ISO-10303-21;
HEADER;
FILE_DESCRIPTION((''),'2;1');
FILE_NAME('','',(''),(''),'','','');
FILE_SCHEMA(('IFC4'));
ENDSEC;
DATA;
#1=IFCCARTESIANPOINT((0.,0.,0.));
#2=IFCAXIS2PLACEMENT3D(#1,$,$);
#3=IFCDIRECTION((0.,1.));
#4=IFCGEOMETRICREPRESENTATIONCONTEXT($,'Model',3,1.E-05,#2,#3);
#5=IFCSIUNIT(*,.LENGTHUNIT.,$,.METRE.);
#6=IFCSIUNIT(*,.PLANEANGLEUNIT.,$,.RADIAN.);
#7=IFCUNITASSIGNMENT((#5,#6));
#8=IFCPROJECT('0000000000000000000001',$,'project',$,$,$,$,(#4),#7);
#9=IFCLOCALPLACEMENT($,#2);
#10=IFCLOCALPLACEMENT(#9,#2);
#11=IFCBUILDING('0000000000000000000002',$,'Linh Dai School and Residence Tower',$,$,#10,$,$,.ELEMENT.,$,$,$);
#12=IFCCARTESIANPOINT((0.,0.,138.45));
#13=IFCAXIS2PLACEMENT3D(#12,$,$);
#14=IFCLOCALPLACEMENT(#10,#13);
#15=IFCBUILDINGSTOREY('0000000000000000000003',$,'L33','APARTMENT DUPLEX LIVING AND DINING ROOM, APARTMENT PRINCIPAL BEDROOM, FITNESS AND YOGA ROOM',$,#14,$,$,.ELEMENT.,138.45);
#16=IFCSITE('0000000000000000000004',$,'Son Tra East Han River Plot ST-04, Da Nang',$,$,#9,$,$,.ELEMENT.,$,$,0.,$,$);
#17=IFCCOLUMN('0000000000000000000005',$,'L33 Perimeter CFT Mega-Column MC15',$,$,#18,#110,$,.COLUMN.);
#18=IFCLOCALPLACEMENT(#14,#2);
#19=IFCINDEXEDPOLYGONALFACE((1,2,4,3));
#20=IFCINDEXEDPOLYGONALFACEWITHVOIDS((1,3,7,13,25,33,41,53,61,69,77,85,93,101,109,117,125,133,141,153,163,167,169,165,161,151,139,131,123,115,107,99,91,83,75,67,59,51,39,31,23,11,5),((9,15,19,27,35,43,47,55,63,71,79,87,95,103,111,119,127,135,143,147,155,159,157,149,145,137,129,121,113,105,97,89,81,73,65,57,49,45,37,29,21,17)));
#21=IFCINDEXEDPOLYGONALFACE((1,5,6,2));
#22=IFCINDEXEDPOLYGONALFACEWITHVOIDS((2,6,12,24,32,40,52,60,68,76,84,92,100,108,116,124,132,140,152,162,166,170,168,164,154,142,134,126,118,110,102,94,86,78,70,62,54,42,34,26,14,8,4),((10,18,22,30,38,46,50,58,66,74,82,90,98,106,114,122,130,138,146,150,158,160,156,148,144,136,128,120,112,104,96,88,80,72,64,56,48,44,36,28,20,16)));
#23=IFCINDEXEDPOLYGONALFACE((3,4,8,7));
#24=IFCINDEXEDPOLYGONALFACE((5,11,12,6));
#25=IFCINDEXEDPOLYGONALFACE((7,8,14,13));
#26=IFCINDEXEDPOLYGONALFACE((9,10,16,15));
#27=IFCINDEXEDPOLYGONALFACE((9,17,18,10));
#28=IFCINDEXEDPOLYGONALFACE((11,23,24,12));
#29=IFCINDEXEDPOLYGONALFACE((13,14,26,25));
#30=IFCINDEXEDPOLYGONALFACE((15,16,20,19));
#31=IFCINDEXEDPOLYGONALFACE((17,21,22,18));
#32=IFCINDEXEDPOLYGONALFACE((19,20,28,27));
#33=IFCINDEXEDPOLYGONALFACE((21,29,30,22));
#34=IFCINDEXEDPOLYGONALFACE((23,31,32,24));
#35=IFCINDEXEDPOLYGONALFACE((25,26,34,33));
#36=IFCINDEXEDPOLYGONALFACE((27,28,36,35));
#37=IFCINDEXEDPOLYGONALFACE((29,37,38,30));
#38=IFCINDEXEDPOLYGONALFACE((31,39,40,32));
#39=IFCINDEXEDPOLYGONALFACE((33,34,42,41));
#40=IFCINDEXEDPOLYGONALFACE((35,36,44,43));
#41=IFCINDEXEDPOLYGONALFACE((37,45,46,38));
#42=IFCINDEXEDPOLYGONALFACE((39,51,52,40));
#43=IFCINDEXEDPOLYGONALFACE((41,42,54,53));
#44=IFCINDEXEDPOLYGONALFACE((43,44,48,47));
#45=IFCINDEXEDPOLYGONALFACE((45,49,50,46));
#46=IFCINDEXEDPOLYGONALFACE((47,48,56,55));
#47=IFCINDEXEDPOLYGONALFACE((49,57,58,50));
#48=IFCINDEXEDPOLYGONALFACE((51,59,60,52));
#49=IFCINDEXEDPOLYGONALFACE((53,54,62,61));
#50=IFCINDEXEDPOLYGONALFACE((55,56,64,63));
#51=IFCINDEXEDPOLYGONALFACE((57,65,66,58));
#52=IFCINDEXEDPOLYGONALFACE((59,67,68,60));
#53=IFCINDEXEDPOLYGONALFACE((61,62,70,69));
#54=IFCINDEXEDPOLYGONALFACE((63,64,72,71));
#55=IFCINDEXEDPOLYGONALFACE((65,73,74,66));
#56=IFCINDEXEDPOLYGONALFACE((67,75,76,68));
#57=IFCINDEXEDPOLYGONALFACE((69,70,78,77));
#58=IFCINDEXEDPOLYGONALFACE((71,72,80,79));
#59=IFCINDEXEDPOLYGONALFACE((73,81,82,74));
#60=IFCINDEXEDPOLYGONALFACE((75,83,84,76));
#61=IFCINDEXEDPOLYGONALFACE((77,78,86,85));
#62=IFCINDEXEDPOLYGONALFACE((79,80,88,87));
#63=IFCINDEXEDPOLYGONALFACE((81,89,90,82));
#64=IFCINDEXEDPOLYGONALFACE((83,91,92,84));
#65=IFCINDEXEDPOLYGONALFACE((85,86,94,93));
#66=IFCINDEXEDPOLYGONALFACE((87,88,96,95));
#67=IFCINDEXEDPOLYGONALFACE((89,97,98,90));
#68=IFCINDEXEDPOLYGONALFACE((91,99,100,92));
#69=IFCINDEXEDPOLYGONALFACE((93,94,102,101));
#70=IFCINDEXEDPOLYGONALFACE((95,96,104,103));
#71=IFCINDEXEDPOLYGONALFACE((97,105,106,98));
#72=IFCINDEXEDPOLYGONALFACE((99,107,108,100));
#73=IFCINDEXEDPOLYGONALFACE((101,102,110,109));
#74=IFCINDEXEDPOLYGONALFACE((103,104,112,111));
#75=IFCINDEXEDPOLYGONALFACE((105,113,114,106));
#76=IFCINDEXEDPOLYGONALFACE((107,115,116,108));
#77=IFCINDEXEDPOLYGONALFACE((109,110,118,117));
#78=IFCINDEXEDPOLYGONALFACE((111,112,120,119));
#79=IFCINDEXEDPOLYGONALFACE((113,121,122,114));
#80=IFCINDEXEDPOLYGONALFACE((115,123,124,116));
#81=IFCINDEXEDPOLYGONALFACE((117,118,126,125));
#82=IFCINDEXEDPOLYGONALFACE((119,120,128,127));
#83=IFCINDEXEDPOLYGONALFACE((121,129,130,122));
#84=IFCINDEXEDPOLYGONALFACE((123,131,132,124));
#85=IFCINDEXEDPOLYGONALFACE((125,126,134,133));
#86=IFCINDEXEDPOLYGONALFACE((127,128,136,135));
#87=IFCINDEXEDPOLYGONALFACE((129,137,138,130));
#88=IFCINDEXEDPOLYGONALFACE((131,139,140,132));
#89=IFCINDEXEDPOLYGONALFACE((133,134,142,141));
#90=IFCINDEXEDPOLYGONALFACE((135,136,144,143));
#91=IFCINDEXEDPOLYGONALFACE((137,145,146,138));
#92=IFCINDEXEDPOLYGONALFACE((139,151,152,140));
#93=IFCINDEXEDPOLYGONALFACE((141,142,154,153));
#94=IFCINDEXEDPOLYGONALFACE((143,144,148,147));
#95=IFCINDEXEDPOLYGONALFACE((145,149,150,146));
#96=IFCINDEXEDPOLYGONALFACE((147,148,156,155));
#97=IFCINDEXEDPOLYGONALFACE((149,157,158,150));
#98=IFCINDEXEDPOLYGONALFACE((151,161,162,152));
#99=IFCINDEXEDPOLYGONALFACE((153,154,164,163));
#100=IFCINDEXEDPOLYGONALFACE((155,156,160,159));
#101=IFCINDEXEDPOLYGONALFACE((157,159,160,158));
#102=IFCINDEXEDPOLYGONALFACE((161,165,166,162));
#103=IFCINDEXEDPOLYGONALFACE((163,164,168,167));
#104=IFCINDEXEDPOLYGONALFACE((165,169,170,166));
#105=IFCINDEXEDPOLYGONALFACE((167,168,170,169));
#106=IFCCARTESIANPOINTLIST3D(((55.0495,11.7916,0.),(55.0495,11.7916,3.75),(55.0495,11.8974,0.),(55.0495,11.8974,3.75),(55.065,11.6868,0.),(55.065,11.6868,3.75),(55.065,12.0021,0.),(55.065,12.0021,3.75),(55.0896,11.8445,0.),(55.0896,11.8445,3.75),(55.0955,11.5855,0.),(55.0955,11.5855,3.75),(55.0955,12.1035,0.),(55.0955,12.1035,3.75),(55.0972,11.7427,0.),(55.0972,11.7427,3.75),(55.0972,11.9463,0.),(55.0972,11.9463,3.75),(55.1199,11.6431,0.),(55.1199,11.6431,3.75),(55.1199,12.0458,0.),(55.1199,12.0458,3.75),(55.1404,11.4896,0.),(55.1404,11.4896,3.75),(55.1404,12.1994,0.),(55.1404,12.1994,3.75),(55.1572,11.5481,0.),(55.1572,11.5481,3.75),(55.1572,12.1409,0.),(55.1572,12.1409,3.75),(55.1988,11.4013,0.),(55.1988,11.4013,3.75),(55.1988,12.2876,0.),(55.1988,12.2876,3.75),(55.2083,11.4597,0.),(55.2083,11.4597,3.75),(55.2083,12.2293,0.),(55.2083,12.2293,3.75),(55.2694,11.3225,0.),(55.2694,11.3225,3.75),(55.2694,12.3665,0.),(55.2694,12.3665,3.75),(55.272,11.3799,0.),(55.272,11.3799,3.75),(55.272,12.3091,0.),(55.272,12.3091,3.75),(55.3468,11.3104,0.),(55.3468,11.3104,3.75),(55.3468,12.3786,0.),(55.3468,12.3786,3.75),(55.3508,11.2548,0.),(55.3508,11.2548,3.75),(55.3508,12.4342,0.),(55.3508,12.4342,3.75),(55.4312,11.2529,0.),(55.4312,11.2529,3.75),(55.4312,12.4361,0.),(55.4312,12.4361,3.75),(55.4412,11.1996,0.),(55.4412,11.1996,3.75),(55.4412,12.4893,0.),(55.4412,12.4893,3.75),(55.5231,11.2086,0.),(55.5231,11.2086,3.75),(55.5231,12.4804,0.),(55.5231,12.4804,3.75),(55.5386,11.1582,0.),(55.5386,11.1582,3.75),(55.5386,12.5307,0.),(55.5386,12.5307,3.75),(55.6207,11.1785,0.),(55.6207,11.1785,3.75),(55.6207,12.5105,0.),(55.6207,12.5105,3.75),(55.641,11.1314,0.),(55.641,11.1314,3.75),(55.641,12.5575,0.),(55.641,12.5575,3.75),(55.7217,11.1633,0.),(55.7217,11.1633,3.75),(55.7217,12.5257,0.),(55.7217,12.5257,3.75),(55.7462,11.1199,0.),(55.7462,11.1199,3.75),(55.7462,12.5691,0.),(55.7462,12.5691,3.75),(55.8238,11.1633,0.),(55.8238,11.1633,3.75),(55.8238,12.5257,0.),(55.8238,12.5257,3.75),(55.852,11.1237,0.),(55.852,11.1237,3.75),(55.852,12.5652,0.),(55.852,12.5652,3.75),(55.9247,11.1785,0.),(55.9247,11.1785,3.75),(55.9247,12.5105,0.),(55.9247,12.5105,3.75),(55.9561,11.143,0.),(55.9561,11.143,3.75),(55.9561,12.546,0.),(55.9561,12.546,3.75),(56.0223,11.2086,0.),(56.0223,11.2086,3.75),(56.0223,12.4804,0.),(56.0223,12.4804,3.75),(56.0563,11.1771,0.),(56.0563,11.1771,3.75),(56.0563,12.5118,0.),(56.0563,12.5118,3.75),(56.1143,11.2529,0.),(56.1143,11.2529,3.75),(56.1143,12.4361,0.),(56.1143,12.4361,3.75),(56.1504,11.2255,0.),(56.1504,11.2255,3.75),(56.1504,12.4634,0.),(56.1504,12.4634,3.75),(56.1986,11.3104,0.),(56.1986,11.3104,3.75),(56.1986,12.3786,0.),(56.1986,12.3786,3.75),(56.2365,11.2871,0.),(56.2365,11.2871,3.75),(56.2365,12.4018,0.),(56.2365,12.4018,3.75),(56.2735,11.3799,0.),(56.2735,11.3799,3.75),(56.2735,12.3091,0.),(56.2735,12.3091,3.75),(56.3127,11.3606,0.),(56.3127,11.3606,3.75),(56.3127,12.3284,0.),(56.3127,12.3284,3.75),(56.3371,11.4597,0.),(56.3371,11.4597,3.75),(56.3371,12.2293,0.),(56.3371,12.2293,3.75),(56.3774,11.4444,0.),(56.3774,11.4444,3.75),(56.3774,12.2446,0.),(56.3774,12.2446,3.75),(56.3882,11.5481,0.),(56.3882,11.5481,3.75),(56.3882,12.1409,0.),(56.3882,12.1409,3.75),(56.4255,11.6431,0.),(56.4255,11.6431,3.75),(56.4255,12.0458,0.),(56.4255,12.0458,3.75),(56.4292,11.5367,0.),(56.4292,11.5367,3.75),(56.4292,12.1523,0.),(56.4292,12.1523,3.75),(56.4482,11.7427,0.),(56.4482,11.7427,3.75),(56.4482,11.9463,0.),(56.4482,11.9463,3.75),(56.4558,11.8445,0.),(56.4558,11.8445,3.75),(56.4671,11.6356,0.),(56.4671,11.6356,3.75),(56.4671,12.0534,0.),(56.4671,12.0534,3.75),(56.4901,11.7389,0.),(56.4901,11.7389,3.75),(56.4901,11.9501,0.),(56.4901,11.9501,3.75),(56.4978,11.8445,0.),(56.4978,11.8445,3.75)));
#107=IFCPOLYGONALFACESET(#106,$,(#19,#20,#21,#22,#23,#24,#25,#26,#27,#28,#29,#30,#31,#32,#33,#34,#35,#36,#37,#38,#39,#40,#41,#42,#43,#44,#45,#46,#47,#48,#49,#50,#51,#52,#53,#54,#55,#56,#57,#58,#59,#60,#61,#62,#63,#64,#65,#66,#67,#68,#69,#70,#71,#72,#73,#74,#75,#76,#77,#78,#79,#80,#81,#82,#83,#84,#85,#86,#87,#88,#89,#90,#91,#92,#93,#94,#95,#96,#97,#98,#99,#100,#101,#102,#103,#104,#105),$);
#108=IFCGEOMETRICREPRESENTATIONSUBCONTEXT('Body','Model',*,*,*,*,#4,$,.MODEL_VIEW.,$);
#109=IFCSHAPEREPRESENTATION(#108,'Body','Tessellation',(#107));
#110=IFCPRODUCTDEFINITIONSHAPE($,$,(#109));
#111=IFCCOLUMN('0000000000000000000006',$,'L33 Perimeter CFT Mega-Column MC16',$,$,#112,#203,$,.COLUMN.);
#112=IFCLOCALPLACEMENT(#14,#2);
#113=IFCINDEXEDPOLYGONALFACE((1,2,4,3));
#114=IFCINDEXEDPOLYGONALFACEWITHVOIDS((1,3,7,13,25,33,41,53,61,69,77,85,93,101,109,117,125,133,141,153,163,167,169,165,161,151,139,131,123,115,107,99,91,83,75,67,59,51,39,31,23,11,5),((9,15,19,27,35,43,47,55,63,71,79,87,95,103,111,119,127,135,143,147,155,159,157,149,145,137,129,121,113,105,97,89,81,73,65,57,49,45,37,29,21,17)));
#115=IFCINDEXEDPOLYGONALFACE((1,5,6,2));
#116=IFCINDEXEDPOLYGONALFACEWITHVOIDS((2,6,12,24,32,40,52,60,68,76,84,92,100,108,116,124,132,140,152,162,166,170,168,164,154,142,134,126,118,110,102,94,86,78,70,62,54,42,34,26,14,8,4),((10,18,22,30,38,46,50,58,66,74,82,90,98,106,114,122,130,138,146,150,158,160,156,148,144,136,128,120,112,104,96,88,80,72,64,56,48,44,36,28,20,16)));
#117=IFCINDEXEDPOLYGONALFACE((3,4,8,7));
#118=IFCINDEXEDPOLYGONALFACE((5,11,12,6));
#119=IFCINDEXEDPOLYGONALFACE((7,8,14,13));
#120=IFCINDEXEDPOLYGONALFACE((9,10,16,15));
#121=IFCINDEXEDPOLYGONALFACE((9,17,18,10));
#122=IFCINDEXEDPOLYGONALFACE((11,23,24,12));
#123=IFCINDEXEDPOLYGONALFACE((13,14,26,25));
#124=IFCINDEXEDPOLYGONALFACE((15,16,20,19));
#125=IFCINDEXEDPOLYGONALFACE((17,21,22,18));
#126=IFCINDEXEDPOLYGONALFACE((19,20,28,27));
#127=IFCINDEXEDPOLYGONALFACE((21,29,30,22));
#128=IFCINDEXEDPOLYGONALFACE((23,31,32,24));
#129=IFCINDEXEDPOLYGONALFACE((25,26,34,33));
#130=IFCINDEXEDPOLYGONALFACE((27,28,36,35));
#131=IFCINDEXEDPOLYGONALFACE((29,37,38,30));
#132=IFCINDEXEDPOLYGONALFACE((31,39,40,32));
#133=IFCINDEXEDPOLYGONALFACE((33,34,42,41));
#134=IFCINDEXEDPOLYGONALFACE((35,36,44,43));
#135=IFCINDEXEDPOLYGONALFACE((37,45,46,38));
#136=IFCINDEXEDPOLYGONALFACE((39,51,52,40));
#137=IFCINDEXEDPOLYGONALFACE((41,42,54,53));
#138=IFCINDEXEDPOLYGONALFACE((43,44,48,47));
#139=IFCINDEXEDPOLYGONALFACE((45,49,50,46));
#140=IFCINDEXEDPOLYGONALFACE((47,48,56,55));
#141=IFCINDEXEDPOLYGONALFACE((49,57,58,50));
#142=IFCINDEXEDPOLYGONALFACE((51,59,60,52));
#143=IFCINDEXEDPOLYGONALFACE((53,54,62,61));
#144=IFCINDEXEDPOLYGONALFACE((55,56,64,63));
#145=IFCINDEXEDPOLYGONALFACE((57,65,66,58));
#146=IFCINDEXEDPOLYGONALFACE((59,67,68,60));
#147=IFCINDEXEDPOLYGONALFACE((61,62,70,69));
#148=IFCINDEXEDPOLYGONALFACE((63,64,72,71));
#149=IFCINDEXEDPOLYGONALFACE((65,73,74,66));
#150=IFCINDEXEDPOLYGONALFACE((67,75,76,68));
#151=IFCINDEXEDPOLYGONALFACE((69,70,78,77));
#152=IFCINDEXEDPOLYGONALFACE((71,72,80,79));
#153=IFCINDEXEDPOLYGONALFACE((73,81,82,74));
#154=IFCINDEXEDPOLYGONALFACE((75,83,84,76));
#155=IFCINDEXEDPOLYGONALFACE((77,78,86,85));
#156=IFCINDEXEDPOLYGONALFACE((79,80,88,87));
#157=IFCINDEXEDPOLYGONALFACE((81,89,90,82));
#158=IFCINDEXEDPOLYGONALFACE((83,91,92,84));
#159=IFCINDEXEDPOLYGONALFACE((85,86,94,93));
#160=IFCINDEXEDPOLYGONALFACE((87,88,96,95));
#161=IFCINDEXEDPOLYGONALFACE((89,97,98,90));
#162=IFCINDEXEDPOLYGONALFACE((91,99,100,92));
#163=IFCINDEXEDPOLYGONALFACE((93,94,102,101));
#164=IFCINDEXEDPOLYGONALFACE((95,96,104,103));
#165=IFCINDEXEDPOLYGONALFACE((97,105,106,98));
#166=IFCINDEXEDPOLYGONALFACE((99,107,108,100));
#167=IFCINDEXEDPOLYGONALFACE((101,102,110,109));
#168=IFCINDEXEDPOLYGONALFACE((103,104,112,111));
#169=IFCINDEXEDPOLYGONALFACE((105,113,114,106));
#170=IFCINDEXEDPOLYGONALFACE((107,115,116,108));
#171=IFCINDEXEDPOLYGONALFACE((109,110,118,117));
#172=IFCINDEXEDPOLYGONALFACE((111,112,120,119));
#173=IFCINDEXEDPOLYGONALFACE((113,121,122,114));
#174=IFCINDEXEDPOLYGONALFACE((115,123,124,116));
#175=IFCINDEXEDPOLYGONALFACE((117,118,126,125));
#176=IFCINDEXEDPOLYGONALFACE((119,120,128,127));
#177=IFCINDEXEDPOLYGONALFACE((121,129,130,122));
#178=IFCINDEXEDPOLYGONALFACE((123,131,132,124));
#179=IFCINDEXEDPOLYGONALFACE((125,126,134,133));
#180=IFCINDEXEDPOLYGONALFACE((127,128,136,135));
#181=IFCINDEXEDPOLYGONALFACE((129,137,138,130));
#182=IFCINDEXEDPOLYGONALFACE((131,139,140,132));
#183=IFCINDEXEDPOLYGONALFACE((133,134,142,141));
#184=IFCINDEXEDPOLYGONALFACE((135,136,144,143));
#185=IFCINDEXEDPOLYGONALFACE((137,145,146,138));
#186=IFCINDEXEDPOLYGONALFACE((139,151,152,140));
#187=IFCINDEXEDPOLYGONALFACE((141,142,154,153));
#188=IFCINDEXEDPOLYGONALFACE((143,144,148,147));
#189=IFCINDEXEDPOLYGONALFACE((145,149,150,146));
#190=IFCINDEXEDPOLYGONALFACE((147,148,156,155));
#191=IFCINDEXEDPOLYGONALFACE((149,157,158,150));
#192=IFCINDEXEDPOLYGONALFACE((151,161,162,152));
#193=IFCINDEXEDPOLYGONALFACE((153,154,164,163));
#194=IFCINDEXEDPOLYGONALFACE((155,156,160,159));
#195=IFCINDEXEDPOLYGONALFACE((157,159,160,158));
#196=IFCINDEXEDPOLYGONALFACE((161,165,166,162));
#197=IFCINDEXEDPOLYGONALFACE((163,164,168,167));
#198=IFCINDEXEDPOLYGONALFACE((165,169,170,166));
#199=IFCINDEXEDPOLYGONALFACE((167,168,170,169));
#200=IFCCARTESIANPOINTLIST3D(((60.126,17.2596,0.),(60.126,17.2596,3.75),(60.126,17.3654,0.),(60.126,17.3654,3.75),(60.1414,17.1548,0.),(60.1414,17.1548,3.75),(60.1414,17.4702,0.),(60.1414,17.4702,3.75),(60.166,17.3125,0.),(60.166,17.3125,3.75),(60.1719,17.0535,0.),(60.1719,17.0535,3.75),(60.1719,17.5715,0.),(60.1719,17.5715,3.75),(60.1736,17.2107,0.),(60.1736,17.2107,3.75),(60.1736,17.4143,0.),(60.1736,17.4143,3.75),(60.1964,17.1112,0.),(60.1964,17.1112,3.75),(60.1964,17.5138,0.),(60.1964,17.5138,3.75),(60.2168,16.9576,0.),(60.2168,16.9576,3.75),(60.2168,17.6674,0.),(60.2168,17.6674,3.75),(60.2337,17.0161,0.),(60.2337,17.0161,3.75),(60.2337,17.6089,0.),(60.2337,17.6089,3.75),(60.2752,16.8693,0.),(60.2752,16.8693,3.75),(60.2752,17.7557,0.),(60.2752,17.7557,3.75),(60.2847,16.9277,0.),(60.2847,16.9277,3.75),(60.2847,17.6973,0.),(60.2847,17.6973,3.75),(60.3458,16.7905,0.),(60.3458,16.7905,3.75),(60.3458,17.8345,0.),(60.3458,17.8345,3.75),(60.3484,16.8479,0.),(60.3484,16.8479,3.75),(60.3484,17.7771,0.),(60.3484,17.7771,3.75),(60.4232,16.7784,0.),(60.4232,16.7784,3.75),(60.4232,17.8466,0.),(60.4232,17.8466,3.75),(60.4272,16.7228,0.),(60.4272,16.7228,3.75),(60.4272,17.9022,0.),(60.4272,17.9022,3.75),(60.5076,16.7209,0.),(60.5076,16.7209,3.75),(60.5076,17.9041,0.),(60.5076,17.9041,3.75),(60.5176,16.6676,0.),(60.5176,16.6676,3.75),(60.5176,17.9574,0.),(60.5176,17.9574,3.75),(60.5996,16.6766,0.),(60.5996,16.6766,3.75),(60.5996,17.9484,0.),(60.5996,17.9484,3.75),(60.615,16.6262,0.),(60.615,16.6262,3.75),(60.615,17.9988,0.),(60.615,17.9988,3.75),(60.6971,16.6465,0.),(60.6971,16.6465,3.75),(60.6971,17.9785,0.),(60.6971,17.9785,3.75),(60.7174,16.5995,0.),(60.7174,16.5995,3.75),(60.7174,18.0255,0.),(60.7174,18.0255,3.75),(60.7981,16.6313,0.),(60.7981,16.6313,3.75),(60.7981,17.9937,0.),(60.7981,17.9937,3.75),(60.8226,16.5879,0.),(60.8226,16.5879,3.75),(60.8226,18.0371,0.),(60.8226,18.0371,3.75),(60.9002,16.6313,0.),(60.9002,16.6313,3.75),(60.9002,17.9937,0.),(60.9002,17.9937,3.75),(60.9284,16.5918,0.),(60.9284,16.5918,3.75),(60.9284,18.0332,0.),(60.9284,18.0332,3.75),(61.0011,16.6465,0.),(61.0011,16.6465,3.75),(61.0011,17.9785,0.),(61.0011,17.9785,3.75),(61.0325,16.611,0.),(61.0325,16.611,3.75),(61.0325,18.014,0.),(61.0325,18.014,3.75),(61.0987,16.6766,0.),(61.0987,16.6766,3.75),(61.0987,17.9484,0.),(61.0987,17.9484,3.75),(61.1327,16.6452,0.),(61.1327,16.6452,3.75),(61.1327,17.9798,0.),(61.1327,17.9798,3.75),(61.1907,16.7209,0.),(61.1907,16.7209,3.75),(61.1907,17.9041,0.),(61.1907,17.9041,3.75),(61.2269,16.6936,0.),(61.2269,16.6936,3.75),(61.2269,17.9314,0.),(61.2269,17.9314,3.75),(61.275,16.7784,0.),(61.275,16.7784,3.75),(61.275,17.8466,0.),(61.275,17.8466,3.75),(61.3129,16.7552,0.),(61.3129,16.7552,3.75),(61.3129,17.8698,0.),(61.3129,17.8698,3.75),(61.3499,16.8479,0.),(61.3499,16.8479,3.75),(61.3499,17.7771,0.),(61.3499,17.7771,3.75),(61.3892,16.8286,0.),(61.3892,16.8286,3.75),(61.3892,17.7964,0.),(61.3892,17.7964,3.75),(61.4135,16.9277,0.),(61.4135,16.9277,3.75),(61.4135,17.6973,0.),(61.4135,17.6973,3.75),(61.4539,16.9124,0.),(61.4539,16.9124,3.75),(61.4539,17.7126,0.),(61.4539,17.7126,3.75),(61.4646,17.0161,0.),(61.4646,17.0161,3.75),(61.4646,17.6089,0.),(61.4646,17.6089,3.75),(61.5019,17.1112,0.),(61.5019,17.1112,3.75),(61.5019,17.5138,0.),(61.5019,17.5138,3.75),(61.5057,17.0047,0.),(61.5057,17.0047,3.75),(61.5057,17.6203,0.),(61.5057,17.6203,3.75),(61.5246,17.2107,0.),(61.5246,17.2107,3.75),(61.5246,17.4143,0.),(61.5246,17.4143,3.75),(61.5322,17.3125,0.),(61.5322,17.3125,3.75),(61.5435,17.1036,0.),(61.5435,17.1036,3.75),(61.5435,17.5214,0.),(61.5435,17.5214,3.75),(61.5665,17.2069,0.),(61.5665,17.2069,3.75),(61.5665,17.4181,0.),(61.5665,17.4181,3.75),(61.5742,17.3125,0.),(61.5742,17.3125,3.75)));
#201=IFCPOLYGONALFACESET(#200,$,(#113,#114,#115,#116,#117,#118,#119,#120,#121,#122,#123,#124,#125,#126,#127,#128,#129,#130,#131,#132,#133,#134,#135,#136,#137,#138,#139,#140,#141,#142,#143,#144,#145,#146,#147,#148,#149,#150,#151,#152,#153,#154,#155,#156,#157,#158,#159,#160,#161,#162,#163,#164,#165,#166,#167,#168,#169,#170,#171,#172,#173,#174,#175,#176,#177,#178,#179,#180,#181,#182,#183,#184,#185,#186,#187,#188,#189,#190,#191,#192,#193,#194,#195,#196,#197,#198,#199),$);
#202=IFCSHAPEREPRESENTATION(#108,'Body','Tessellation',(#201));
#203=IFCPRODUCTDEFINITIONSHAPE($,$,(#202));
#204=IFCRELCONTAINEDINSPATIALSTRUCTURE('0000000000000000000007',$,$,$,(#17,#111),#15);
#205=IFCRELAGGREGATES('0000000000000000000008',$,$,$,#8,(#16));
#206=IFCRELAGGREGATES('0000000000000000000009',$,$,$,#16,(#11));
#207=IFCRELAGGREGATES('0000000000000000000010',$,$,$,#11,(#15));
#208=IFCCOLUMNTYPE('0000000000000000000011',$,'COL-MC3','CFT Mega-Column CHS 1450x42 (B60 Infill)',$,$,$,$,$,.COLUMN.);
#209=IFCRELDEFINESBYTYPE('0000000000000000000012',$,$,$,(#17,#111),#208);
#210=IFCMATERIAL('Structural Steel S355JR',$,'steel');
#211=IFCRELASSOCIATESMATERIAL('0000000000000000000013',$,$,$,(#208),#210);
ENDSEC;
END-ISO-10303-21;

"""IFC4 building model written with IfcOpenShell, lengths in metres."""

from ifc_helpers import new_model, si_unit, direction, frame, origin, origin_2d, place, context, subcontext, project, spatial, hollow_circle, extrude, material, material_profile, profile_set, type_object, element, save


model = new_model("IFC4")

# Units and contexts
model_context = context("Model", 3, precision=1e-05, world=origin(), true_north=direction((0.0, 1.0)))
body_context = subcontext(model_context, "Body", "Model", "MODEL_VIEW")
ifc_project = project(units=[si_unit("LENGTHUNIT", "METRE"), si_unit("PLANEANGLEUNIT", "RADIAN")], contexts=[model_context])

# Site, building, storey
site_placement = place(None, origin())
site = spatial("IfcSite", under=ifc_project, at=site_placement, Name="Son Tra East Han River Plot ST-04, Da Nang", CompositionType="ELEMENT", RefElevation=0.0)
building_placement = place(site_placement, origin())
building = spatial("IfcBuilding", under=site, at=building_placement, Name="Linh Dai School and Residence Tower", CompositionType="ELEMENT")
storey_placement = place(building_placement, frame((0.0, 0.0, 138.45)))
storey = spatial("IfcBuildingStorey", under=building, at=storey_placement, Name="L33", Description="APARTMENT DUPLEX LIVING AND DINING ROOM, APARTMENT PRINCIPAL BEDROOM, FITNESS AND YOGA ROOM", CompositionType="ELEMENT", Elevation=138.45)

# Columns
ifc_material_1 = material(Name="Structural Steel S355JR", Category="steel")
ifc_material_profile_1 = material_profile(ifc_material_1, hollow_circle(Radius=0.7251, WallThickness=0.042, at=origin_2d()), Name="CHS 1450x42")
ifc_profile_set_1 = profile_set([ifc_material_profile_1], Name="Structural Steel S355JR")
column_type = type_object("IfcColumnType", Name="COL-MC3", Description="CFT Mega-Column CHS 1450x42 (B60 Infill)", PredefinedType="COLUMN", material=ifc_profile_set_1)
for number, where, z_axis, x_axis, name in (
    (1, (55.7727, 11.8445, 0.0), (0.0, 0.0, 1.0), (1.0, 0.0, 0.0), "L33 Perimeter CFT Mega-Column MC15"),
    (2, (60.8491, 17.3125, 0.0), (0.0, 0.0, 1.0), (1.0, 0.0, 0.0), "L33 Perimeter CFT Mega-Column MC16"),
):
    element("IfcColumn", number, at=place(storey_placement, frame(where, z_axis=z_axis, x_axis=x_axis)), inside=storey, type_object=column_type, Name=name, PredefinedType="COLUMN", context=body_context, shape_type="SweptSolid", body=[
        extrude(hollow_circle(Radius=0.7251, WallThickness=0.042, at=origin_2d()), origin(), (0.0, 0.0, 1.0), 3.75),
    ])

save(model, "model.ifc")
